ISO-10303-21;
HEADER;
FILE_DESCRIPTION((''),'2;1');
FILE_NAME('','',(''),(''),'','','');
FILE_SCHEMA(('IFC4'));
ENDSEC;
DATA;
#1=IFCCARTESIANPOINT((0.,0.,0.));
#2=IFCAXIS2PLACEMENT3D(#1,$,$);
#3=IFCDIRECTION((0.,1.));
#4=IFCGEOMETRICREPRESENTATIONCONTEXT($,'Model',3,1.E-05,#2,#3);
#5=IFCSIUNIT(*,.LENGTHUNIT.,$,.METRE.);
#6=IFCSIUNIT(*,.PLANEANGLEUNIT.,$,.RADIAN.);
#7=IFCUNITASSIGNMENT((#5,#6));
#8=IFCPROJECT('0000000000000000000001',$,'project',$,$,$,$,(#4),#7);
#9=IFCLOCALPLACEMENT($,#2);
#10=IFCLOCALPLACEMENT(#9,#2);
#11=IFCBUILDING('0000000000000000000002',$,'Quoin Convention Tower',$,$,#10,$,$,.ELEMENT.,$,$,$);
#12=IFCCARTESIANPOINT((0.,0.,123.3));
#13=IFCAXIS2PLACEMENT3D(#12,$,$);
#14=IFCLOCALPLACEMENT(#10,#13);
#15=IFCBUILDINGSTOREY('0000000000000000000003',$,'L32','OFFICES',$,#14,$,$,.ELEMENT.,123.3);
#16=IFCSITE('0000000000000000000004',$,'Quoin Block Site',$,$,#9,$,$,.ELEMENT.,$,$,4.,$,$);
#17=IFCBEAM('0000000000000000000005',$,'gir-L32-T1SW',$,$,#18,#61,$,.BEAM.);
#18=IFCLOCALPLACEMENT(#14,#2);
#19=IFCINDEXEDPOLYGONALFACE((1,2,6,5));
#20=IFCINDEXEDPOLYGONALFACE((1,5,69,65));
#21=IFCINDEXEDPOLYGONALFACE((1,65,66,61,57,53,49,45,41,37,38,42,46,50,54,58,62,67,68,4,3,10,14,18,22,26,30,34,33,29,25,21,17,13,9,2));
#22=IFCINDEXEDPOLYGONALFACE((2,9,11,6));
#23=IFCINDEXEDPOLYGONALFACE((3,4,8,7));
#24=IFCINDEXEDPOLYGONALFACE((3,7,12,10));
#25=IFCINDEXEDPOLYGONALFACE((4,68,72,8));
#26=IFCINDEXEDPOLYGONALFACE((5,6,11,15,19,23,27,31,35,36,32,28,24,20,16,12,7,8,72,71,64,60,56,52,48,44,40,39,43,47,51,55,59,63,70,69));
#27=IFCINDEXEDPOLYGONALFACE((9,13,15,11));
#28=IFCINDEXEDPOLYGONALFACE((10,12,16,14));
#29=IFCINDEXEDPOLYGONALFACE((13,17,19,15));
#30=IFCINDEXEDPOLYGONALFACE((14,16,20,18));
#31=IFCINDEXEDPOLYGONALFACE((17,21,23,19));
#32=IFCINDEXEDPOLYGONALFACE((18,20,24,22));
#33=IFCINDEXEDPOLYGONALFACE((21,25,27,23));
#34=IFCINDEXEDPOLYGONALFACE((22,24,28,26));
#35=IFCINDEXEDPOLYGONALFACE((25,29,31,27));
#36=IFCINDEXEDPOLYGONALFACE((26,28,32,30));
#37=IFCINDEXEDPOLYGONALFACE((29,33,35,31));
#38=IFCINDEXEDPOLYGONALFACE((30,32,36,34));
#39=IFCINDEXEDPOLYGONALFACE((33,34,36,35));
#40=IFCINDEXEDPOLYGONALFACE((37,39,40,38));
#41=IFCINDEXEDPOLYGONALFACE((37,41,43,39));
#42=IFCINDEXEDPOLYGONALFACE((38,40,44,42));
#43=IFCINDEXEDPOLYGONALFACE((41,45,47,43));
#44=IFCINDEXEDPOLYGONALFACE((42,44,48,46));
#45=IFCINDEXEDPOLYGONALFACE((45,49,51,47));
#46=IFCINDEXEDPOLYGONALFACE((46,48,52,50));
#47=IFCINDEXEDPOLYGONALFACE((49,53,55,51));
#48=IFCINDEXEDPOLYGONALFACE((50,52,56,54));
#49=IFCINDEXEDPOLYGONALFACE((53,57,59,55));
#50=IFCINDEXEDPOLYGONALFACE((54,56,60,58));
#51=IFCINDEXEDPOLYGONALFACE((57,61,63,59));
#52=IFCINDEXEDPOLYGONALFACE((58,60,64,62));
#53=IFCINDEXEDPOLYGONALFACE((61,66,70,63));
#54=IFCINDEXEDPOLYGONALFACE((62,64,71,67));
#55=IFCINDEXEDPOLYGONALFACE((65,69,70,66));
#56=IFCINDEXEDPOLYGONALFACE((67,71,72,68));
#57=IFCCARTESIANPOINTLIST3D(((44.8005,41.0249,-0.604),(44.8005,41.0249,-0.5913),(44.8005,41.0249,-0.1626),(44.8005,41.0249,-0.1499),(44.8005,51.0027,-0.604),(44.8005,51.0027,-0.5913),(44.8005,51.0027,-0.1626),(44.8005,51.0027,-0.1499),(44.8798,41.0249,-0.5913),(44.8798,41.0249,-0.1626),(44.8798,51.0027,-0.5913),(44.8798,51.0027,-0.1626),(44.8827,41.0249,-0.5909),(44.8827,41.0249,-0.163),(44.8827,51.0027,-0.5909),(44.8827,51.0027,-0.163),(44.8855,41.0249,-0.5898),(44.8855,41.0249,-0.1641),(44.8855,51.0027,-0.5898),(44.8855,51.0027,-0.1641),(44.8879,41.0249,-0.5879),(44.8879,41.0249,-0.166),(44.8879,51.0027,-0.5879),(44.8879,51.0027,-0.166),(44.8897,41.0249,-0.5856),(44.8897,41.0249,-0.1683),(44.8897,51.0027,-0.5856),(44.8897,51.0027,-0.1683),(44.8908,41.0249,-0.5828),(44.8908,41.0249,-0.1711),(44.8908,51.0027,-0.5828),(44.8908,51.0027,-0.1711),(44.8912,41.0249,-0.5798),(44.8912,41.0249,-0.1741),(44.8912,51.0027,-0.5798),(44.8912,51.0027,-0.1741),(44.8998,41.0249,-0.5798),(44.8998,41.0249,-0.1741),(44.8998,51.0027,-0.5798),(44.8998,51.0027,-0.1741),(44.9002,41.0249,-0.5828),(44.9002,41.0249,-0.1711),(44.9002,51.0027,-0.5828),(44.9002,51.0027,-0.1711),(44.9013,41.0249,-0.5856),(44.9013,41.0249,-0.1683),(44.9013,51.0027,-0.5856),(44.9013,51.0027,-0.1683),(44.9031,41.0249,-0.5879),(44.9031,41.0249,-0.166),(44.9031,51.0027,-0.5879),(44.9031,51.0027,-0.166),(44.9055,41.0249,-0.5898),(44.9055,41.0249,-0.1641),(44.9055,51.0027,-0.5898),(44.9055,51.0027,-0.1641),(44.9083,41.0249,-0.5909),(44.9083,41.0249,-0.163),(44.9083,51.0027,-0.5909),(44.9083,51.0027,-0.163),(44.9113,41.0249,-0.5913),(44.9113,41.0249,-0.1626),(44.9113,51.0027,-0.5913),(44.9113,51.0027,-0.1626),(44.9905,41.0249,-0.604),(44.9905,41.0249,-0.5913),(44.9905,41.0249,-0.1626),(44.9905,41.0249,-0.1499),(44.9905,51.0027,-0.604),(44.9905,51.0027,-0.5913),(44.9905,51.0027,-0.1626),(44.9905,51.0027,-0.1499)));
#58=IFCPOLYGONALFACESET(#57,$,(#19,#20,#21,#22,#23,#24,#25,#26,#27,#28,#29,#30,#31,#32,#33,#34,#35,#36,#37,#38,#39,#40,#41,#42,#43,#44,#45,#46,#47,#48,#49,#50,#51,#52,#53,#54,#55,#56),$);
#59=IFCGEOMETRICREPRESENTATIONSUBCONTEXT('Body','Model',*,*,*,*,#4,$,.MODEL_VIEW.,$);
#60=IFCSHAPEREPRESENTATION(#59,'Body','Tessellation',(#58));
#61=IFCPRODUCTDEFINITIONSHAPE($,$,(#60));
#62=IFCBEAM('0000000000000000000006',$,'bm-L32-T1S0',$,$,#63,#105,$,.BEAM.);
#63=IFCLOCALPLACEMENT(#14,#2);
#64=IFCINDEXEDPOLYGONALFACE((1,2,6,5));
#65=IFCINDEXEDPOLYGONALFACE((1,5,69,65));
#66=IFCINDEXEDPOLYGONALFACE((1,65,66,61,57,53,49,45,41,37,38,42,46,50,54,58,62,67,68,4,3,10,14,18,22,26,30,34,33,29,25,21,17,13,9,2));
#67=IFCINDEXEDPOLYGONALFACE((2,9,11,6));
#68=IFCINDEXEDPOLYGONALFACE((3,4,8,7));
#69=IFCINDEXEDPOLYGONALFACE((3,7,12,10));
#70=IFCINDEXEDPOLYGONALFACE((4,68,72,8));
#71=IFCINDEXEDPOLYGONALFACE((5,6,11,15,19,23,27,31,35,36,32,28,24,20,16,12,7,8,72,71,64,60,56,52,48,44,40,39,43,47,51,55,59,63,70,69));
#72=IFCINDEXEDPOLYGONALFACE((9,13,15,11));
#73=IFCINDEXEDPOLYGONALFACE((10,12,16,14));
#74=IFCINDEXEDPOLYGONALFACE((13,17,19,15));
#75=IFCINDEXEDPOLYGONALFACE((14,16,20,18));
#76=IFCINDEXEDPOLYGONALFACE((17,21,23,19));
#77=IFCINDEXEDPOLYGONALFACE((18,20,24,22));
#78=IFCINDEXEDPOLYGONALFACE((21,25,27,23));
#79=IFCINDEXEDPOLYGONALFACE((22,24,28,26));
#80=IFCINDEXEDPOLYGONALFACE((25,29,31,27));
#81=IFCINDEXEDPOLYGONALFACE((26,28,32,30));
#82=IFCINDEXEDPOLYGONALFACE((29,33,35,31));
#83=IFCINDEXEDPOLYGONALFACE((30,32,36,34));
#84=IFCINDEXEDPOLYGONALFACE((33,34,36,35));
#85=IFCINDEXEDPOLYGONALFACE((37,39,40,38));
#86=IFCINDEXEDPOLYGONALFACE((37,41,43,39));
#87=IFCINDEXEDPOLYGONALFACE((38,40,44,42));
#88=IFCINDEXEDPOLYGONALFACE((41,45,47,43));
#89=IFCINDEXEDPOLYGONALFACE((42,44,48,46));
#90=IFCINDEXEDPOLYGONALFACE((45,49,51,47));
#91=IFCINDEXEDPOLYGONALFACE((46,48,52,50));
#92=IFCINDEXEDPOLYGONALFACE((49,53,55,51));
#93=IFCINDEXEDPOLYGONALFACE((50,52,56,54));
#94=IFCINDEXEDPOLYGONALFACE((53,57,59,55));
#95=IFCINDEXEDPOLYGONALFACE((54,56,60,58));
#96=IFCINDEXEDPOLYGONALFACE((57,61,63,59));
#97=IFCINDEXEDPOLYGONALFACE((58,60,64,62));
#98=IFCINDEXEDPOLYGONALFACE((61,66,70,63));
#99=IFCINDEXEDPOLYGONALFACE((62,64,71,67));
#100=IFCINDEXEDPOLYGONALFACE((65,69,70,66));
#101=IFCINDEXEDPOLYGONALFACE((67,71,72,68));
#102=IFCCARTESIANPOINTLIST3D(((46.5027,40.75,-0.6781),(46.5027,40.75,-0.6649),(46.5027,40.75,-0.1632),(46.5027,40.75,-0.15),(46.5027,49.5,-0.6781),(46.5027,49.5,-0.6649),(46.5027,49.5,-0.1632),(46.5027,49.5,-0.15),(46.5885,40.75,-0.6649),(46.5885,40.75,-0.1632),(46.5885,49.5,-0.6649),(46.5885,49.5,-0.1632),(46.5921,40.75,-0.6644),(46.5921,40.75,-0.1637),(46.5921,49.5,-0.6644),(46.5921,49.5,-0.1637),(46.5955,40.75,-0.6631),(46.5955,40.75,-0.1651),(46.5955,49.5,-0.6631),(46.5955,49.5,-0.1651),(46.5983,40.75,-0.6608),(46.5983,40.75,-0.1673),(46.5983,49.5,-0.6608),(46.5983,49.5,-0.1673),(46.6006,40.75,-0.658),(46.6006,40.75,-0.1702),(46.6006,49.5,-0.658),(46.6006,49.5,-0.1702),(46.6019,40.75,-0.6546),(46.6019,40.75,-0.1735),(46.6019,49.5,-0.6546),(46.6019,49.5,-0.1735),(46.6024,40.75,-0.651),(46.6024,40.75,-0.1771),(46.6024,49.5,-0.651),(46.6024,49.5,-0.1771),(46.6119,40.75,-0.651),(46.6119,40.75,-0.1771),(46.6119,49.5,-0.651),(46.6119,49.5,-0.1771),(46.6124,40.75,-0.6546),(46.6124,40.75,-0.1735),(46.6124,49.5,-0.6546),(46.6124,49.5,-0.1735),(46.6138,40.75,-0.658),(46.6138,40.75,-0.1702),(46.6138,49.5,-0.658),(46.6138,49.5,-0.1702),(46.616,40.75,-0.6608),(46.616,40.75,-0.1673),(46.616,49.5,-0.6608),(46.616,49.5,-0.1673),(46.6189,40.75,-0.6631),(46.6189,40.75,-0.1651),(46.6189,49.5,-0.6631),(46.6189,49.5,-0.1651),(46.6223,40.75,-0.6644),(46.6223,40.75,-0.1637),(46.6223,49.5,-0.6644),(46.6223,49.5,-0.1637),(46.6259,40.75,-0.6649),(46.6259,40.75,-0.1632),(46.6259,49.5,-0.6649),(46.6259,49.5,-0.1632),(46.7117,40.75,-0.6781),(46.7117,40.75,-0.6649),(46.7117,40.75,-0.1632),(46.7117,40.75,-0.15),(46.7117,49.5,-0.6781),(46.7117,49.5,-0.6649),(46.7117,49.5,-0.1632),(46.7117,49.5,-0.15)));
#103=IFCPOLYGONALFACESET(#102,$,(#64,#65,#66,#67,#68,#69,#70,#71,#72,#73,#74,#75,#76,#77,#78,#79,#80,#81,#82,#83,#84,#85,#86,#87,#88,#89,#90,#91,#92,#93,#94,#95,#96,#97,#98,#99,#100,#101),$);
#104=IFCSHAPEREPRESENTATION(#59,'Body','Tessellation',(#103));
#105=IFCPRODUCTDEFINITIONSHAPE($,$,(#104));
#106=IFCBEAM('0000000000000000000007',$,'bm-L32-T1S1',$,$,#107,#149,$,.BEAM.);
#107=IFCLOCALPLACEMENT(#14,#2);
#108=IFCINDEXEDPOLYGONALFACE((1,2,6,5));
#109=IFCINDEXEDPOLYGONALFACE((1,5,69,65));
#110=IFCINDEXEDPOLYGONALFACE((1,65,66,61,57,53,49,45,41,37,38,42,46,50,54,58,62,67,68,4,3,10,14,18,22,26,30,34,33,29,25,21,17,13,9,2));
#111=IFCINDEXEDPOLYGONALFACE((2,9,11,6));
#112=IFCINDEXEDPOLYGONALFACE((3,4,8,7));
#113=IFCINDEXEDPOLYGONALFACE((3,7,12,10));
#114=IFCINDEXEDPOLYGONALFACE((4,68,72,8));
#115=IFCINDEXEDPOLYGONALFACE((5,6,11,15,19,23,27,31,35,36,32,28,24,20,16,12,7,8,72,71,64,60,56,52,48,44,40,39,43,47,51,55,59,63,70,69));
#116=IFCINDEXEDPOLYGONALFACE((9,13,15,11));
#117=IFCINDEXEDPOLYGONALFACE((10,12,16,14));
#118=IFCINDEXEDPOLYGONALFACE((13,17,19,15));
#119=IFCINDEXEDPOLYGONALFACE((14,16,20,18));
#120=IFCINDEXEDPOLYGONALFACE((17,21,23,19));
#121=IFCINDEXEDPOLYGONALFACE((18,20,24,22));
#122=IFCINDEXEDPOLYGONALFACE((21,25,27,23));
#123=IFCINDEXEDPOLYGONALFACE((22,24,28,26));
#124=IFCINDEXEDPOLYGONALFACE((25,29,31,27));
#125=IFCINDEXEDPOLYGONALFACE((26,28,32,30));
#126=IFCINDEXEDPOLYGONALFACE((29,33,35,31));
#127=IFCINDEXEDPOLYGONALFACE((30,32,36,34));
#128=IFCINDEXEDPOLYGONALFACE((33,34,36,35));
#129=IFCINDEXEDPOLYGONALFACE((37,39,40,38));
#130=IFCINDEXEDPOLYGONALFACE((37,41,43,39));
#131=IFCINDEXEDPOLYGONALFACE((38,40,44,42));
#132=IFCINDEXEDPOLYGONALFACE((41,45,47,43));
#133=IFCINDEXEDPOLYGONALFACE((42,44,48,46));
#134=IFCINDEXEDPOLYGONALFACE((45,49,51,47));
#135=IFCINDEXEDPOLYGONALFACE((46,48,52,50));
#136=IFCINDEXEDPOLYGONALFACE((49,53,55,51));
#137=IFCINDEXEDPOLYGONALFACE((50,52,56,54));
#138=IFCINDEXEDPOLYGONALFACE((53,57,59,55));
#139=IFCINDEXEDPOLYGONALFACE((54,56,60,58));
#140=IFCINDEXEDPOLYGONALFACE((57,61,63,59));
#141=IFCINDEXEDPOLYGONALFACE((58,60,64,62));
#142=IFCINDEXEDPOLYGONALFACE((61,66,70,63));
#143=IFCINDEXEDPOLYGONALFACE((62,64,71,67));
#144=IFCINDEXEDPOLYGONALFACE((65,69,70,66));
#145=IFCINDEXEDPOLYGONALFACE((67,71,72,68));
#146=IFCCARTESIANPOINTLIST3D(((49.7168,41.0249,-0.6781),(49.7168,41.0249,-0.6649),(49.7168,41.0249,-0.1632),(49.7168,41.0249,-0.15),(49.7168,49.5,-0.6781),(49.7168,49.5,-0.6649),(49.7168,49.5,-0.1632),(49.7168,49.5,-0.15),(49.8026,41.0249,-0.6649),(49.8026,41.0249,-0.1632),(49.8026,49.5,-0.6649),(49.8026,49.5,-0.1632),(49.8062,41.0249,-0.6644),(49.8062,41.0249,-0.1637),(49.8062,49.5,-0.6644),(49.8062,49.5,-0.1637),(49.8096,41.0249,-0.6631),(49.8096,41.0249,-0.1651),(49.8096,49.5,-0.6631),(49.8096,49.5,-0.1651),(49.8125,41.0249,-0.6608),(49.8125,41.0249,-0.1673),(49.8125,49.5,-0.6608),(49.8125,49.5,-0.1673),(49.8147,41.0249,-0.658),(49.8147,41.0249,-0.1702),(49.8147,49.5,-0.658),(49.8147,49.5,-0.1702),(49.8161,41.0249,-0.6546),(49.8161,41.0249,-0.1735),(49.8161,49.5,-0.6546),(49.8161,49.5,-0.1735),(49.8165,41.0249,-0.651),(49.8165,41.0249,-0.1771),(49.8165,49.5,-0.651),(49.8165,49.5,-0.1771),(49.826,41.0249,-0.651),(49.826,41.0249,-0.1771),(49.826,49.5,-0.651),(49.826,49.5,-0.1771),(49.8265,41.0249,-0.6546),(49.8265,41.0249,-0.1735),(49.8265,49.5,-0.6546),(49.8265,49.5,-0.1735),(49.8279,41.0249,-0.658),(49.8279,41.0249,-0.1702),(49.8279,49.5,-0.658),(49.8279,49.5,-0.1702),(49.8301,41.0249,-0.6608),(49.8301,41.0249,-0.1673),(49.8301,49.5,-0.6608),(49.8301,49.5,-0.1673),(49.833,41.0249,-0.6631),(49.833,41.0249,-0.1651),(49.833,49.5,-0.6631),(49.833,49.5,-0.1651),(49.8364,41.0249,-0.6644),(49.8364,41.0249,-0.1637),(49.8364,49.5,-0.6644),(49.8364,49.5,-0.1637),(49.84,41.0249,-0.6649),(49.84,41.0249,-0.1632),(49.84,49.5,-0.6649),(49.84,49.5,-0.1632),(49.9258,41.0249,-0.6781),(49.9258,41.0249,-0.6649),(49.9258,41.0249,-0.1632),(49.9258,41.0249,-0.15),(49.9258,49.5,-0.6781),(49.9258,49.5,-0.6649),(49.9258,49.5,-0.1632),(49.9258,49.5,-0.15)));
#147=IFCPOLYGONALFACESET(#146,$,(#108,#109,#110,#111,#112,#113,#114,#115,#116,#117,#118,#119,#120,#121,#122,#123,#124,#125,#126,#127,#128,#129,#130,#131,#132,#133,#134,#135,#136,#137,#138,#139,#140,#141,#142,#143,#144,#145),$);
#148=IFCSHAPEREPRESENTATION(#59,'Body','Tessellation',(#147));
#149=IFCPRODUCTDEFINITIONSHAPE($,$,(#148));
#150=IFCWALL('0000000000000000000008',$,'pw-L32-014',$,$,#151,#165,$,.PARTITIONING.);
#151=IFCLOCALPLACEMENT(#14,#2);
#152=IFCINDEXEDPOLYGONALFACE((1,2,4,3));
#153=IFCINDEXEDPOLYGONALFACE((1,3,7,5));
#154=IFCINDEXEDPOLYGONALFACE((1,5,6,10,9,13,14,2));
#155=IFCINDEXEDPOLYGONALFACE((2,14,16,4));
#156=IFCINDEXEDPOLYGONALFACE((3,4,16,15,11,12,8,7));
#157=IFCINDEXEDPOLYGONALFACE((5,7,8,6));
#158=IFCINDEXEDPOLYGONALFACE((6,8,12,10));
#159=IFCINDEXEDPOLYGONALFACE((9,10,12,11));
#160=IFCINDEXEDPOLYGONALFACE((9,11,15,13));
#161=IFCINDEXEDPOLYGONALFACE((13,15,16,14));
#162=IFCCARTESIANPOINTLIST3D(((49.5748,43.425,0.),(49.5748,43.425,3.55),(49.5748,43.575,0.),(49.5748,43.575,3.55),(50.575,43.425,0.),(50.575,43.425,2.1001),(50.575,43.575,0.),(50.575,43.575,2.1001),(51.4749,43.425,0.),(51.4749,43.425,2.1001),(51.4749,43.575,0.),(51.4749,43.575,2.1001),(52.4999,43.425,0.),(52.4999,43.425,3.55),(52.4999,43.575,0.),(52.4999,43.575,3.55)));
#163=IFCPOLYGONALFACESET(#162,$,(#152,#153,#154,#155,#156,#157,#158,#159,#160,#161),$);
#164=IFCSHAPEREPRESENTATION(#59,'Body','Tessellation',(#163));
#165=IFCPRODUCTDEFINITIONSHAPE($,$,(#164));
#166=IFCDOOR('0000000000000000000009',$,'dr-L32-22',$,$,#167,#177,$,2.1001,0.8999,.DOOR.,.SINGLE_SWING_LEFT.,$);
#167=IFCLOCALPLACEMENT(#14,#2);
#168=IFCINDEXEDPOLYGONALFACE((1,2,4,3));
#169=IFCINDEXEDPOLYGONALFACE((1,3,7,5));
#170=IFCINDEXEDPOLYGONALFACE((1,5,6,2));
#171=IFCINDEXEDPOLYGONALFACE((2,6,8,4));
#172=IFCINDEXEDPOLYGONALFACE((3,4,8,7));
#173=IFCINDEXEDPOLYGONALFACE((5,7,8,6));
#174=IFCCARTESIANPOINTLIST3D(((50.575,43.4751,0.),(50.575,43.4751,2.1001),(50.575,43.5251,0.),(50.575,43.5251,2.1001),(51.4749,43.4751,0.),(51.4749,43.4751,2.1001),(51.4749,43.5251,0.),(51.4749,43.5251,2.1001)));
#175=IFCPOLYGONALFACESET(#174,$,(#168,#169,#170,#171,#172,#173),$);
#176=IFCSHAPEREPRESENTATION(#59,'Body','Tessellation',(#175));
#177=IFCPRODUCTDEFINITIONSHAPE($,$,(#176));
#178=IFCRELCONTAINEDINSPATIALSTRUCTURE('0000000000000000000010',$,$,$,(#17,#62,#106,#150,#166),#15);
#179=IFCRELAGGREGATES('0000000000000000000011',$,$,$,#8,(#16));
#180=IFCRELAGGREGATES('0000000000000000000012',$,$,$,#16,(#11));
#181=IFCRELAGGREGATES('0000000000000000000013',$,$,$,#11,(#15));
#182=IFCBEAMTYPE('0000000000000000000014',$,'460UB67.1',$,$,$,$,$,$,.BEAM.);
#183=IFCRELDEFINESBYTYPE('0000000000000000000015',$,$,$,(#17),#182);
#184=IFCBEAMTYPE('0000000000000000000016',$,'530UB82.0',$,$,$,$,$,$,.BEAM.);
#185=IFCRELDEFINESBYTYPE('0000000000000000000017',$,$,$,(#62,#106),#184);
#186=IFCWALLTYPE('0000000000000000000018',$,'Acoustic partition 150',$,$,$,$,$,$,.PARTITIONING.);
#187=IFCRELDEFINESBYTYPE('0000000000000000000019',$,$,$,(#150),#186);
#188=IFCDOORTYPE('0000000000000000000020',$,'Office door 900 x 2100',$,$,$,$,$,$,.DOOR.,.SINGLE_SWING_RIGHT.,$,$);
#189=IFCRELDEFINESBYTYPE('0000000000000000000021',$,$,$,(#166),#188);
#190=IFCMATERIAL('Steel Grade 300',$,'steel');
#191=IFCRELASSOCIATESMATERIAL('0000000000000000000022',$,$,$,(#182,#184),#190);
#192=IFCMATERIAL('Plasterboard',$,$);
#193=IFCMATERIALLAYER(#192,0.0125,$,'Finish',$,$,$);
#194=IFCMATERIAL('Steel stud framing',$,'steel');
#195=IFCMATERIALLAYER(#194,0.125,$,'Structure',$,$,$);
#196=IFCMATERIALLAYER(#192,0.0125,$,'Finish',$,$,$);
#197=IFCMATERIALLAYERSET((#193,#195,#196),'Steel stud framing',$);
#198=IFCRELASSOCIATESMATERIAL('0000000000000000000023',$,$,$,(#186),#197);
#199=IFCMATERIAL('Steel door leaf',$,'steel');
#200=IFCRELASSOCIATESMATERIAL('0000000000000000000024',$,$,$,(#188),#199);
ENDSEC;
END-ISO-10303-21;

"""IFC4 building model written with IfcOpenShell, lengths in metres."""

from ifc_helpers import new_model, si_unit, direction, frame, frame_2d, origin, origin_2d, place, context, subcontext, project, spatial, rectangle, i_section, extrude, material, layer, layer_set, material_profile, profile_set, type_object, element, fill, save


model = new_model("IFC4")

# Units and contexts
model_context = context("Model", 3, precision=1e-05, world=origin(), true_north=direction((0.0, 1.0)))
body_context = subcontext(model_context, "Body", "Model", "MODEL_VIEW")
ifc_project = project(units=[si_unit("LENGTHUNIT", "METRE"), si_unit("PLANEANGLEUNIT", "RADIAN")], contexts=[model_context])

# Site, building, storey
site_placement = place(None, origin())
site = spatial("IfcSite", under=ifc_project, at=site_placement, Name="Quoin Block Site", CompositionType="ELEMENT", RefElevation=4.0)
building_placement = place(site_placement, origin())
building = spatial("IfcBuilding", under=site, at=building_placement, Name="Quoin Convention Tower", CompositionType="ELEMENT")
storey_placement = place(building_placement, frame((0.0, 0.0, 123.3)))
storey = spatial("IfcBuildingStorey", under=building, at=storey_placement, Name="L32", Description="OFFICES", CompositionType="ELEMENT", Elevation=123.3)

# Beams
ifc_material_1 = material(Name="Steel Grade 300", Category="steel")
ifc_material_profile_1 = material_profile(ifc_material_1, i_section(OverallWidth=0.1899, OverallDepth=0.4541, WebThickness=0.0085, FlangeThickness=0.0127, FilletRadius=0.0115, at=origin_2d()), Name="460UB67.1")
ifc_profile_set_1 = profile_set([ifc_material_profile_1], Name="Steel Grade 300")
beam_type_1 = type_object("IfcBeamType", Name="460UB67.1", PredefinedType="BEAM", material=ifc_profile_set_1)
beam_1_placement = place(storey_placement, frame((44.8955, 41.0249, -0.377), z_axis=(0.0, 1.0, 0.0), x_axis=(-1.0, 0.0, 0.0)))
element("IfcBeam", 1, at=beam_1_placement, inside=storey, type_object=beam_type_1, Name="gir-L32-T1SW", PredefinedType="BEAM", context=body_context, shape_type="SweptSolid", body=[
    extrude(i_section(OverallWidth=0.1899, OverallDepth=0.4541, WebThickness=0.0085, FlangeThickness=0.0127, FilletRadius=0.0115, at=origin_2d()), origin(), (0.0, 0.0, 1.0), 9.9778),
])
ifc_material_profile_2 = material_profile(ifc_material_1, i_section(OverallWidth=0.209, OverallDepth=0.5281, WebThickness=0.0095, FlangeThickness=0.0132, FilletRadius=0.0139, at=origin_2d()), Name="530UB82.0")
ifc_profile_set_2 = profile_set([ifc_material_profile_2], Name="Steel Grade 300")
beam_type_2 = type_object("IfcBeamType", Name="530UB82.0", PredefinedType="BEAM", material=ifc_profile_set_2)
beam_2_placement = place(storey_placement, frame((46.6072, 40.75, -0.4141), z_axis=(0.0, 1.0, 0.0), x_axis=(-1.0, 0.0, 0.0)))
element("IfcBeam", 2, at=beam_2_placement, inside=storey, type_object=beam_type_2, Name="bm-L32-T1S0", PredefinedType="BEAM", context=body_context, shape_type="SweptSolid", body=[
    extrude(i_section(OverallWidth=0.209, OverallDepth=0.5281, WebThickness=0.0095, FlangeThickness=0.0132, FilletRadius=0.0139, at=origin_2d()), origin(), (0.0, 0.0, 1.0), 8.75),
])
beam_3_placement = place(storey_placement, frame((49.8213, 41.0249, -0.4141), z_axis=(0.0, 1.0, 0.0), x_axis=(-1.0, 0.0, 0.0)))
element("IfcBeam", 3, at=beam_3_placement, inside=storey, type_object=beam_type_2, Name="bm-L32-T1S1", PredefinedType="BEAM", context=body_context, shape_type="SweptSolid", body=[
    extrude(i_section(OverallWidth=0.209, OverallDepth=0.5281, WebThickness=0.0095, FlangeThickness=0.0132, FilletRadius=0.0139, at=origin_2d()), origin(), (0.0, 0.0, 1.0), 8.4751),
])

# Wall, opening, door
ifc_material_2 = material(Name="Plasterboard")
ifc_layer_1 = layer(ifc_material_2, 0.0125, Name="Finish")
ifc_material_3 = material(Name="Steel stud framing", Category="steel")
ifc_layer_2 = layer(ifc_material_3, 0.125, Name="Structure")
ifc_layer_3 = layer(ifc_material_2, 0.0125, Name="Finish")
ifc_layer_set_1 = layer_set([ifc_layer_1, ifc_layer_2, ifc_layer_3], Name="Steel stud framing")
wall_type_1 = type_object("IfcWallType", Name="Acoustic partition 150", PredefinedType="PARTITIONING", material=ifc_layer_set_1)
wall_1_placement = place(storey_placement, frame((49.575, 43.5, 0.0), z_axis=(0.0, 0.0, 1.0), x_axis=(1.0, 0.0, 0.0)))
wall_1 = element("IfcWall", 4, at=wall_1_placement, inside=storey, type_object=wall_type_1, Name="pw-L32-014", PredefinedType="PARTITIONING", context=body_context, shape_type="SweptSolid", body=[
    extrude(rectangle(XDim=2.925, YDim=0.1499, at=frame_2d((1.4624, 0.0))), origin(), (0.0, 0.0, 1.0), 3.55),
])
opening_1_placement = place(wall_1_placement, frame((1.0, 0.0, 0.0)))
opening_1 = element("IfcOpeningElement", 5, at=opening_1_placement, cuts=wall_1, PredefinedType="OPENING", context=body_context, shape_type="SweptSolid", body=[
    extrude(rectangle(XDim=0.8999, YDim=2.1001, at=frame_2d((0.45, 1.05))), frame((0.0, 0.085, 0.0), z_axis=(0.0, -1.0, 0.0), x_axis=(1.0, 0.0, 0.0)), (0.0, 0.0, 1.0), 0.1699),
])
ifc_material_4 = material(Name="Steel door leaf", Category="steel")
door_type_1 = type_object("IfcDoorType", Name="Office door 900 x 2100", OperationType="SINGLE_SWING_RIGHT", PredefinedType="DOOR", material=ifc_material_4)
door_1_placement = place(opening_1_placement, frame((0.8999, 0.0, 0.0), z_axis=(0.0, 0.0, 1.0), x_axis=(-1.0, 0.0, 0.0)))
door_1 = element("IfcDoor", 6, at=door_1_placement, inside=storey, type_object=door_type_1, Name="dr-L32-22", OperationType="SINGLE_SWING_LEFT", OverallHeight=2.1001, OverallWidth=0.8999, PredefinedType="DOOR", context=body_context, shape_type="SweptSolid", body=[
    extrude(rectangle(XDim=0.8999, YDim=2.1001, at=frame_2d((0.45, 1.05))), frame((0.0, 0.0249, 0.0), z_axis=(0.0, -1.0, 0.0), x_axis=(1.0, 0.0, 0.0)), (0.0, 0.0, 1.0), 0.05),
])
fill(opening_1, door_1)

save(model, "model.ifc")
